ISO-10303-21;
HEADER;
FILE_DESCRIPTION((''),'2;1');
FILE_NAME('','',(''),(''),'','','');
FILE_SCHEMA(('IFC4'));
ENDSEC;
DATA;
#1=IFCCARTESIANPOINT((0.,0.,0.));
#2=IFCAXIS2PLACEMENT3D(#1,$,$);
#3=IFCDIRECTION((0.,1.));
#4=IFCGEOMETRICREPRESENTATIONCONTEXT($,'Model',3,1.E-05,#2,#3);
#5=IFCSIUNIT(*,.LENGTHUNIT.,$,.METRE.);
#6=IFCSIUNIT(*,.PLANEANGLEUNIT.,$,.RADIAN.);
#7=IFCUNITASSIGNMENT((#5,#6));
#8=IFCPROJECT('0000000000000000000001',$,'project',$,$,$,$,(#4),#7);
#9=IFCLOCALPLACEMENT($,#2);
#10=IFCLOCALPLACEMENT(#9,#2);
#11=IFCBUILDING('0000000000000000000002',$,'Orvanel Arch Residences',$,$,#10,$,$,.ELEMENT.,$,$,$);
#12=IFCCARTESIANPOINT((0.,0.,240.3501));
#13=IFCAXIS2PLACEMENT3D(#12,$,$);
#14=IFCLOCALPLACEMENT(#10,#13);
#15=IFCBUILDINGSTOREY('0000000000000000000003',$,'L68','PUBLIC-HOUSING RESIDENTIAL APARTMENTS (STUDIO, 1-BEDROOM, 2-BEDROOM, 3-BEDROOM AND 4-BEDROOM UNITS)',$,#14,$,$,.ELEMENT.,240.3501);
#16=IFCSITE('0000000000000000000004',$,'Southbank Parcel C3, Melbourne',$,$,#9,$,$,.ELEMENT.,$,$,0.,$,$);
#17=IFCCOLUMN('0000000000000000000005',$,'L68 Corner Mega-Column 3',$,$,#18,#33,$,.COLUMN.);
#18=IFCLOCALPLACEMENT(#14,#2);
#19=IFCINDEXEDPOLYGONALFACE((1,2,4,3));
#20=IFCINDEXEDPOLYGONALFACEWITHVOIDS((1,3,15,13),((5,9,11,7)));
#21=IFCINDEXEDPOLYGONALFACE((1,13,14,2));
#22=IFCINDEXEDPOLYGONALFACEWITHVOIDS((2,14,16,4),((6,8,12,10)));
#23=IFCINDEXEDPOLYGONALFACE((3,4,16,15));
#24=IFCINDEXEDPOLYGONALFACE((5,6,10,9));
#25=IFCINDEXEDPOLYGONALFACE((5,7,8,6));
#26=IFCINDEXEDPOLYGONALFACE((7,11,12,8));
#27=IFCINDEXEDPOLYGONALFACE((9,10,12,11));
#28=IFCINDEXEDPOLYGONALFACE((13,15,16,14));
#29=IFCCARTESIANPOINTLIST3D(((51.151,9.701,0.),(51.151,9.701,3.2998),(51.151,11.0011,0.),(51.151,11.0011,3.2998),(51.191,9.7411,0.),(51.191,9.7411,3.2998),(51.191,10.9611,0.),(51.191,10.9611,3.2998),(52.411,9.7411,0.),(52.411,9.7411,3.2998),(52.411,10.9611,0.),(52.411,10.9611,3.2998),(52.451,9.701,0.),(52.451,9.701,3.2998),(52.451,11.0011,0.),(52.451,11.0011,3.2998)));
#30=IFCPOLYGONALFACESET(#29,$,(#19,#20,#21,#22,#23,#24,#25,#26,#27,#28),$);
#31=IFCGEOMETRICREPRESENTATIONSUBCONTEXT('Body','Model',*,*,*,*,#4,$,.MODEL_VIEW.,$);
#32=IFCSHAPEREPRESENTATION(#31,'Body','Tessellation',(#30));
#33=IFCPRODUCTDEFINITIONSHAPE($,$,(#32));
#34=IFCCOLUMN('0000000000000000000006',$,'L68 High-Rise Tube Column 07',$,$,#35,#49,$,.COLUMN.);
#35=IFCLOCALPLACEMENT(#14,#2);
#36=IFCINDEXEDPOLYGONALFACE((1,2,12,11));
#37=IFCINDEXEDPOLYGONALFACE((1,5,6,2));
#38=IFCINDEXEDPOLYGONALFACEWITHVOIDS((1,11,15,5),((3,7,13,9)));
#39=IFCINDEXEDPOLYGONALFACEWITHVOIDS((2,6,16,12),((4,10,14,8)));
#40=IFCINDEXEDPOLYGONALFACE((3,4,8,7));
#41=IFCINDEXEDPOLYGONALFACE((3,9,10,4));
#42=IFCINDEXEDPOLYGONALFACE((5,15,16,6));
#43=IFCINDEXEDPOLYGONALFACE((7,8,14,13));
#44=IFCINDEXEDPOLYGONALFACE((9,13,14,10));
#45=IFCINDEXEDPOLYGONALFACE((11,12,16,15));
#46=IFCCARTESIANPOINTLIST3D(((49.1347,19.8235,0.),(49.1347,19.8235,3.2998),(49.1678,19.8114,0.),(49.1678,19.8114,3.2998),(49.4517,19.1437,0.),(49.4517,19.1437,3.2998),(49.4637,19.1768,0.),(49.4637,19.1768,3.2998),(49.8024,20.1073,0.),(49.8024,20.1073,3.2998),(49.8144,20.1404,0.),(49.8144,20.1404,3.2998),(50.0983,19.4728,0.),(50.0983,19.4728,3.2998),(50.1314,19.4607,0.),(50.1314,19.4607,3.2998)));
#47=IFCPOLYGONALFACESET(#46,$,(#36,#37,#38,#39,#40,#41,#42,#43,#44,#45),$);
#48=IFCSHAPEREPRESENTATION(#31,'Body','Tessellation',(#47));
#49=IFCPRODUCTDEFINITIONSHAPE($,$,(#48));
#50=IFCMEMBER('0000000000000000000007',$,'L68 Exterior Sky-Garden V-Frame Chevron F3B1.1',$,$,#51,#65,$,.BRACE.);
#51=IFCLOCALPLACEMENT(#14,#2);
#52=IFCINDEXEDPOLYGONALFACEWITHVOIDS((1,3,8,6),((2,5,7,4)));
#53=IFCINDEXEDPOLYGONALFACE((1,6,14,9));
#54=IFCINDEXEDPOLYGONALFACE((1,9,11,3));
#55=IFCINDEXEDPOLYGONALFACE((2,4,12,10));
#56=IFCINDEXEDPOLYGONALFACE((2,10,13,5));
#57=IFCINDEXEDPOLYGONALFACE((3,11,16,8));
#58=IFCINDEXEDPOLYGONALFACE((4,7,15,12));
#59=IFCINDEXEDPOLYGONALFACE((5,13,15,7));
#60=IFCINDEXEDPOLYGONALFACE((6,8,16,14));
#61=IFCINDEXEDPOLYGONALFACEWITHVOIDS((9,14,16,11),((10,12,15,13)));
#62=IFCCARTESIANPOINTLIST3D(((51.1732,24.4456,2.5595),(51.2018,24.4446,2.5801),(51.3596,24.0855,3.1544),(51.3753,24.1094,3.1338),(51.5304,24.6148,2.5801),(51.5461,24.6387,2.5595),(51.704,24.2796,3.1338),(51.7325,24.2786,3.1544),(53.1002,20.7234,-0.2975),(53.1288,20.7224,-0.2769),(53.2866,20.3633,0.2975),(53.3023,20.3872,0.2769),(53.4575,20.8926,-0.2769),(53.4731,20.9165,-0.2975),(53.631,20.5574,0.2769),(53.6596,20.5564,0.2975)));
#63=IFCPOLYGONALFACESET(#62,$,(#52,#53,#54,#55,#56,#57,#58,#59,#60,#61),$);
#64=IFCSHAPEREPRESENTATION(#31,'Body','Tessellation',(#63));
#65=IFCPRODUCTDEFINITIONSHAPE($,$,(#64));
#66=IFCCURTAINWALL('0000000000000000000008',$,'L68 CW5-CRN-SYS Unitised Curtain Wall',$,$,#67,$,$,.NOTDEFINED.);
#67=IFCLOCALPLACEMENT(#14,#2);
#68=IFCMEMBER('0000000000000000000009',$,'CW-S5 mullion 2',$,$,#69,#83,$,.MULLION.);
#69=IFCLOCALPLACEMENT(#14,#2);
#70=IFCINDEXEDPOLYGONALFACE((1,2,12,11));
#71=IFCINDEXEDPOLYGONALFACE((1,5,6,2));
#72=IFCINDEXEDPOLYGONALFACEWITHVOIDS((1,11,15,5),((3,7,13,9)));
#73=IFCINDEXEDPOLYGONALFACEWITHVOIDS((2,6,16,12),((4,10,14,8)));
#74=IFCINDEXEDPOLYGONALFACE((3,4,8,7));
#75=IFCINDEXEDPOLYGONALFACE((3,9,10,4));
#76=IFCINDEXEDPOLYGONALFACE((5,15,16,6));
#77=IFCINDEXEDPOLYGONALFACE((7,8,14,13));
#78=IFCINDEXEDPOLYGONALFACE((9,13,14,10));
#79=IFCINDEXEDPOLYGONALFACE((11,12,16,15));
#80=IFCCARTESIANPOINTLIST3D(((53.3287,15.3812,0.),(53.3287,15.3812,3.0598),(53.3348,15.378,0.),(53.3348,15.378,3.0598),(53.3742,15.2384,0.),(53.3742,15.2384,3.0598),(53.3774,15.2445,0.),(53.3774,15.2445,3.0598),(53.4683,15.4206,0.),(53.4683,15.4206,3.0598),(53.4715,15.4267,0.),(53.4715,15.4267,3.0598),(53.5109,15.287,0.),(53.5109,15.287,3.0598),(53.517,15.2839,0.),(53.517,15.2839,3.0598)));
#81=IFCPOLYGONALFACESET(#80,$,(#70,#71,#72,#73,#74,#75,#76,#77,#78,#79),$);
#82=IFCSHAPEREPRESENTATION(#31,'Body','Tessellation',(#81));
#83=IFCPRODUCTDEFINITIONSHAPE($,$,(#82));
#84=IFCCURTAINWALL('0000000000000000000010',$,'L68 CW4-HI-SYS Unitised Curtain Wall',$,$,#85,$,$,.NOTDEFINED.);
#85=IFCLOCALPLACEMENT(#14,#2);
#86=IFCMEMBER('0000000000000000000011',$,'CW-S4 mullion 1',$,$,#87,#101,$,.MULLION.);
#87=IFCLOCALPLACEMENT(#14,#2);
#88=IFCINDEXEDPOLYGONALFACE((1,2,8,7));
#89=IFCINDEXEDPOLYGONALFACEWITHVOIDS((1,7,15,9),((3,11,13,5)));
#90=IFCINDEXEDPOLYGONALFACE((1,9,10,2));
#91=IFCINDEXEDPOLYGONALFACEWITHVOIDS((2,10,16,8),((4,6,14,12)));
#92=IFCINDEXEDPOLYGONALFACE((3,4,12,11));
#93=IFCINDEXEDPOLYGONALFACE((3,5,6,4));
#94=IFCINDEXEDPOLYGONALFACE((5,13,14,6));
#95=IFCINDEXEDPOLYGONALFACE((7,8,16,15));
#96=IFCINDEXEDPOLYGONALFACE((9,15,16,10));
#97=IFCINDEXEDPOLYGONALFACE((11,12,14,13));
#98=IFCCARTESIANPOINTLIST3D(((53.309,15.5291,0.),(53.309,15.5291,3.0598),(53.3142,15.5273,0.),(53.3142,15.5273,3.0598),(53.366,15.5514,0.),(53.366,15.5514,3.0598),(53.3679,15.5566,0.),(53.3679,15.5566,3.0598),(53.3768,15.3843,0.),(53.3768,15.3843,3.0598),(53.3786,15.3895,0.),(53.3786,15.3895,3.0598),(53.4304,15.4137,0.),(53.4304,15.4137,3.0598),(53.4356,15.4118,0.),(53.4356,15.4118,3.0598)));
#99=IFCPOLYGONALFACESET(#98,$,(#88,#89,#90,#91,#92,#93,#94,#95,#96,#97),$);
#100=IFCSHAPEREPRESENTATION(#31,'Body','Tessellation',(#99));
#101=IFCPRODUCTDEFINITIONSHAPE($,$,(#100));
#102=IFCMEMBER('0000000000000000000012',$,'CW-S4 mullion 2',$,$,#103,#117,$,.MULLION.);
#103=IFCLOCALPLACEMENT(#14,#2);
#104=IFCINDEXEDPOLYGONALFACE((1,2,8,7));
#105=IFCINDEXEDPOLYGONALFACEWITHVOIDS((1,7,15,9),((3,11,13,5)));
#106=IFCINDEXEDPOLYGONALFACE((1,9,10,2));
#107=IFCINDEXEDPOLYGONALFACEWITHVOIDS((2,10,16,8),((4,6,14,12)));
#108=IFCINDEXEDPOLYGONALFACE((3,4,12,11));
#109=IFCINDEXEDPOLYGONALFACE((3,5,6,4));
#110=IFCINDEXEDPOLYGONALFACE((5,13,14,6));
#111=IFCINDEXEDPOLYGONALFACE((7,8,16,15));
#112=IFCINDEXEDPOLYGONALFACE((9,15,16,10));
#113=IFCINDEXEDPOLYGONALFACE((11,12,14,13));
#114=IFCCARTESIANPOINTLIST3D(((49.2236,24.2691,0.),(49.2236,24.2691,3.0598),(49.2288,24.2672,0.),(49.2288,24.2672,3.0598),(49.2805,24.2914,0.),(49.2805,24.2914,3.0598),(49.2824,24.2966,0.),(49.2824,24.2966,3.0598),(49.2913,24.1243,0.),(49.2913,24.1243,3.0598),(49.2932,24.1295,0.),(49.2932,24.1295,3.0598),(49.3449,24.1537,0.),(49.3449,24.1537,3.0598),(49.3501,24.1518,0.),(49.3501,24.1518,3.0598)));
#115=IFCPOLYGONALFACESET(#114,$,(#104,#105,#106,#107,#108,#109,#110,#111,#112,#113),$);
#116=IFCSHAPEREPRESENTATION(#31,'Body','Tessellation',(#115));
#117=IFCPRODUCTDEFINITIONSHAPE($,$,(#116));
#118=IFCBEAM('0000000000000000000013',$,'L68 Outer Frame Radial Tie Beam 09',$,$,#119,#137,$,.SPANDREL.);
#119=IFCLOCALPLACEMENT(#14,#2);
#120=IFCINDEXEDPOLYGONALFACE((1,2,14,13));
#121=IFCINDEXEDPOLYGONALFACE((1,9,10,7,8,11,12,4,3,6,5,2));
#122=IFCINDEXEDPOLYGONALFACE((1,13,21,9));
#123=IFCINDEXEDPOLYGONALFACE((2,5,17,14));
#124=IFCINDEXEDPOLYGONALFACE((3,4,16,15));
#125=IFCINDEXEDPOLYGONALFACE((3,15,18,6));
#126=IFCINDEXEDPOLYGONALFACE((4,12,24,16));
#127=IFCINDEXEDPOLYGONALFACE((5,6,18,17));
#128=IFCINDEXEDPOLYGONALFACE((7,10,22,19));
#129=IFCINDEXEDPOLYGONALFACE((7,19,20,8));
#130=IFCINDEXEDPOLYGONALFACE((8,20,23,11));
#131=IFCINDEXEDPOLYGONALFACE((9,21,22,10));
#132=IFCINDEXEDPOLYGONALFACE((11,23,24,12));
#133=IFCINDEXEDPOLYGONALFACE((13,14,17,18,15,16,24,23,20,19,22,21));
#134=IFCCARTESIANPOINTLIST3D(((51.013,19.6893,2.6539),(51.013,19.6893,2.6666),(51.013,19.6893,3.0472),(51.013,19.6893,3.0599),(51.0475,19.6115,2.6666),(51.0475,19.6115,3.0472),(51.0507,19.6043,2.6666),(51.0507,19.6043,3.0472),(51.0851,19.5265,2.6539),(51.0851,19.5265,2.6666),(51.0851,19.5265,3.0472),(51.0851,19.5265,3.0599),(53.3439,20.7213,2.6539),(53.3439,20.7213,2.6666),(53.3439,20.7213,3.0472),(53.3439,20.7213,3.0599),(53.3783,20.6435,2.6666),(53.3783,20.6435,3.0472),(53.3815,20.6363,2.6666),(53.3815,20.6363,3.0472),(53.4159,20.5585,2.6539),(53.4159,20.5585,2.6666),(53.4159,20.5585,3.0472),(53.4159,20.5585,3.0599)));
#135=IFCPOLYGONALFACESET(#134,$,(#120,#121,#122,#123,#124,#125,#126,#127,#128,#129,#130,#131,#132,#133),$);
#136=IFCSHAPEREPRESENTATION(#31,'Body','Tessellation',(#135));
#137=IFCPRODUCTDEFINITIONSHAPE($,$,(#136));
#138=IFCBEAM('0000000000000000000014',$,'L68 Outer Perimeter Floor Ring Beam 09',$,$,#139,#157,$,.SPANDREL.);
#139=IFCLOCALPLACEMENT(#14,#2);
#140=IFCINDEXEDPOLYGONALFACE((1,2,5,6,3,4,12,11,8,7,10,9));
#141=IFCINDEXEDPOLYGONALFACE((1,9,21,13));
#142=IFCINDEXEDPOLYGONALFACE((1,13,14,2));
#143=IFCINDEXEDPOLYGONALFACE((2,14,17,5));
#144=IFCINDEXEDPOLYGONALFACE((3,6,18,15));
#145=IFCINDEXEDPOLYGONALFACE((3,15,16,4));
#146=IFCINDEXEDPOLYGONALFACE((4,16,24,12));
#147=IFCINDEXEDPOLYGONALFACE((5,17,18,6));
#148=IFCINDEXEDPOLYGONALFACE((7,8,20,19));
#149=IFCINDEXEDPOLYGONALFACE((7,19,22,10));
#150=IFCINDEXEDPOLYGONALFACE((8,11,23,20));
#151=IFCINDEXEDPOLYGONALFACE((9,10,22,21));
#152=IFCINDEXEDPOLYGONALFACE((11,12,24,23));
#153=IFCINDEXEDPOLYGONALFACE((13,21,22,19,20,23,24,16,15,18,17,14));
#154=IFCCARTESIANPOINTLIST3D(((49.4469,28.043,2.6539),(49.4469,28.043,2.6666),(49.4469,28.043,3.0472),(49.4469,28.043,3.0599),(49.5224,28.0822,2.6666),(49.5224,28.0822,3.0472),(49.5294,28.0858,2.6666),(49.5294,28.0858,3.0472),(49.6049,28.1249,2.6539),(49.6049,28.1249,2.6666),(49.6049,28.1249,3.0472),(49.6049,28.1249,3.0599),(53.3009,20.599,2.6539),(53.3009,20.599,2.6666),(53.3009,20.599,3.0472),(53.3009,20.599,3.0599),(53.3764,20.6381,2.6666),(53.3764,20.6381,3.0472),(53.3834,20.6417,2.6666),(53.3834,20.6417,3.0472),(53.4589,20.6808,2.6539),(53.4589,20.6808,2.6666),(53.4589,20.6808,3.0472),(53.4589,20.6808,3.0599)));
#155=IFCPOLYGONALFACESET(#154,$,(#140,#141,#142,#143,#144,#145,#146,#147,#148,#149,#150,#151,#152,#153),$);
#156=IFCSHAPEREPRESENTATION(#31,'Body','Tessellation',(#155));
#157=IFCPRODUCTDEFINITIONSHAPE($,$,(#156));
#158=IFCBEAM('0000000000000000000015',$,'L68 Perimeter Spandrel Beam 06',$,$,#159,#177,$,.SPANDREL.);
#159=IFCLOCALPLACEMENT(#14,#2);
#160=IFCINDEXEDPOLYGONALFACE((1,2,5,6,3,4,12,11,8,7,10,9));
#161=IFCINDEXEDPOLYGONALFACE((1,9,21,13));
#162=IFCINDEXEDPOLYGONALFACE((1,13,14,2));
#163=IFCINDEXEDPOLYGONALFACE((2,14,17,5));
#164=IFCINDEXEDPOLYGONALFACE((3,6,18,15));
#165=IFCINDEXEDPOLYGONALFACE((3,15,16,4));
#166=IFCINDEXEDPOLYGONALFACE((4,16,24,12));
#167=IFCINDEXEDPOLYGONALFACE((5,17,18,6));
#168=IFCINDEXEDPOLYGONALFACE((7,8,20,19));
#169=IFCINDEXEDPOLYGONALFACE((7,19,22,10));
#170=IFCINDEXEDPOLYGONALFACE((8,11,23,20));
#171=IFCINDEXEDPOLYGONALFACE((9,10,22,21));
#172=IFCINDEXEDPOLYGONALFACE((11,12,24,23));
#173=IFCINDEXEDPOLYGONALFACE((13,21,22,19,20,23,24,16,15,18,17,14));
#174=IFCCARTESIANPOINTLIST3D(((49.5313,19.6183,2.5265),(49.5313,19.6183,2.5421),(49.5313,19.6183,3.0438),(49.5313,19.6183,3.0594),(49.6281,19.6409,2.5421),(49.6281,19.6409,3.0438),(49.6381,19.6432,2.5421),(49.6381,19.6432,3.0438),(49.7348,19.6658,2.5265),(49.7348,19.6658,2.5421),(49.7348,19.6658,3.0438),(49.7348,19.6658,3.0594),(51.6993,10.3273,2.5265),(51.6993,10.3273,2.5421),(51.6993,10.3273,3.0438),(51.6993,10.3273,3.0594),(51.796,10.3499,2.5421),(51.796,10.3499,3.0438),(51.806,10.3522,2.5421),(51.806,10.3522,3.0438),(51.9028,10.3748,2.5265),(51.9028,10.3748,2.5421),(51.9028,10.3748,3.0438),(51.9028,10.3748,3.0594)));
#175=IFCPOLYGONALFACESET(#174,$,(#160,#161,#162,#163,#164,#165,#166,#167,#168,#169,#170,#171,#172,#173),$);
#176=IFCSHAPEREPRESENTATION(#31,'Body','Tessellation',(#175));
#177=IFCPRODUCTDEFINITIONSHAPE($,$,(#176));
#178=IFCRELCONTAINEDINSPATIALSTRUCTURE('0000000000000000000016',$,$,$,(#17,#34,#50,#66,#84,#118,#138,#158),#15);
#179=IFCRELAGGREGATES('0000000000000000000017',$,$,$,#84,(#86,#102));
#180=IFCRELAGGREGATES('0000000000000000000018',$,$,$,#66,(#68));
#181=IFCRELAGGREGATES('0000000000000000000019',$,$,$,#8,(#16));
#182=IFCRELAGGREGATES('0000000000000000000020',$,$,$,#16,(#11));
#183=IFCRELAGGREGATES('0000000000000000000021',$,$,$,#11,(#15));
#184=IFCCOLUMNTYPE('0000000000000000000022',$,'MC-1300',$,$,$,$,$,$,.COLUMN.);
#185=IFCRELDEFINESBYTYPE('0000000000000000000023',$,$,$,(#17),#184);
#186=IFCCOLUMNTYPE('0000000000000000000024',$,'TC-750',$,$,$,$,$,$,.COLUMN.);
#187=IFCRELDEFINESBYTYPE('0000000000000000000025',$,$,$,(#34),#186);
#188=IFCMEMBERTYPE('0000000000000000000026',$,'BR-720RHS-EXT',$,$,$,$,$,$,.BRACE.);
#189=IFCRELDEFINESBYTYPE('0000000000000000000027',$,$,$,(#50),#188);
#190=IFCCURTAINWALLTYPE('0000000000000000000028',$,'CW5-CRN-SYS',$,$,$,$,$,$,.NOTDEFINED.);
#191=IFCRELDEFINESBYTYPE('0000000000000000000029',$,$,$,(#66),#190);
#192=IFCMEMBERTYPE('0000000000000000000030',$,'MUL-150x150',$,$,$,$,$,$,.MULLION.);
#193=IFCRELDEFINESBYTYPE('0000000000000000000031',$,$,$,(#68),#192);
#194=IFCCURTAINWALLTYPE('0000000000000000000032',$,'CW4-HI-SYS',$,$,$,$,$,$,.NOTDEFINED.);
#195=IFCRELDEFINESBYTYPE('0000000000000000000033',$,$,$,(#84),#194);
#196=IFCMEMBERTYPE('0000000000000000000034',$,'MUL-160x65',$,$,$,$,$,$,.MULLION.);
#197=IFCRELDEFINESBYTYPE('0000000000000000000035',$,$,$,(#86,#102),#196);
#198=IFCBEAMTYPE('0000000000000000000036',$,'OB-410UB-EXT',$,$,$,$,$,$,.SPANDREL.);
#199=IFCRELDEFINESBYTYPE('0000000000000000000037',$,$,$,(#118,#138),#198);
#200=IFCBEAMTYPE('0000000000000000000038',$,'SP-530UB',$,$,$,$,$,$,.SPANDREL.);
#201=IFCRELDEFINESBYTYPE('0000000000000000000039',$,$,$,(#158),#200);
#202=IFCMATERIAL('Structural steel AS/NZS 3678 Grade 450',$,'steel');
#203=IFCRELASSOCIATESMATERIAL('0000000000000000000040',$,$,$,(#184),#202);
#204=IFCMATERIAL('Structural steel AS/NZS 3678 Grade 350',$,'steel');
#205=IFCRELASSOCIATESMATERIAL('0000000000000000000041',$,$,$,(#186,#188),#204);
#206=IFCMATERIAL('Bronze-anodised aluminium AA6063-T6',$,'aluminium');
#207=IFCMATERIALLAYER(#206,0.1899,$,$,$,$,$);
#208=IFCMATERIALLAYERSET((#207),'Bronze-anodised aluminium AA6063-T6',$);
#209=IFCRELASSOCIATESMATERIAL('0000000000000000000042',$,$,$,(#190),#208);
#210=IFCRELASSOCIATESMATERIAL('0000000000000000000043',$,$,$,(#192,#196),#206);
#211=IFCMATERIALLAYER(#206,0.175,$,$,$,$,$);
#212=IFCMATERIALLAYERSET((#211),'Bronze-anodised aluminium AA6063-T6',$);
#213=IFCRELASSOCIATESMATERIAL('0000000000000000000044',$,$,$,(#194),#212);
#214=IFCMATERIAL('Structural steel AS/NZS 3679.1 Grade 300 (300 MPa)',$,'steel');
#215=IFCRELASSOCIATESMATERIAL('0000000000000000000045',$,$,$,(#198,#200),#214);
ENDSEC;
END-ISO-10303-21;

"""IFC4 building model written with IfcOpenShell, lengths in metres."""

from ifc_helpers import new_model, si_unit, direction, frame, origin, origin_2d, place, context, subcontext, project, spatial, hollow_rectangle, i_section, extrude, material, layer, layer_set, material_profile, profile_set, type_object, element, aggregate, save


model = new_model("IFC4")

# Units and contexts
model_context = context("Model", 3, precision=1e-05, world=origin(), true_north=direction((0.0, 1.0)))
body_context = subcontext(model_context, "Body", "Model", "MODEL_VIEW")
ifc_project = project(units=[si_unit("LENGTHUNIT", "METRE"), si_unit("PLANEANGLEUNIT", "RADIAN")], contexts=[model_context])

# Site, building, storey
site_placement = place(None, origin())
site = spatial("IfcSite", under=ifc_project, at=site_placement, Name="Southbank Parcel C3, Melbourne", CompositionType="ELEMENT", RefElevation=0.0)
building_placement = place(site_placement, origin())
building = spatial("IfcBuilding", under=site, at=building_placement, Name="Orvanel Arch Residences", CompositionType="ELEMENT")
storey_placement = place(building_placement, frame((0.0, 0.0, 240.3501)))
storey = spatial("IfcBuildingStorey", under=building, at=storey_placement, Name="L68", Description="PUBLIC-HOUSING RESIDENTIAL APARTMENTS (STUDIO, 1-BEDROOM, 2-BEDROOM, 3-BEDROOM AND 4-BEDROOM UNITS)", CompositionType="ELEMENT", Elevation=240.3501)

# Columns
ifc_material_1 = material(Name="Structural steel AS/NZS 3678 Grade 450", Category="steel")
ifc_material_profile_1 = material_profile(ifc_material_1, hollow_rectangle(XDim=1.3, YDim=1.3, WallThickness=0.04, at=origin_2d()), Name="BOX1300x1300x40")
ifc_profile_set_1 = profile_set([ifc_material_profile_1], Name="Structural steel AS/NZS 3678 Grade 450")
column_type_1 = type_object("IfcColumnType", Name="MC-1300", PredefinedType="COLUMN", material=ifc_profile_set_1)
column_1_placement = place(storey_placement, frame((51.801, 10.3511, 0.0), z_axis=(0.0, 0.0, 1.0), x_axis=(1.0, 0.0, 0.0)))
element("IfcColumn", 1, at=column_1_placement, inside=storey, type_object=column_type_1, Name="L68 Corner Mega-Column 3", PredefinedType="COLUMN", context=body_context, shape_type="SweptSolid", body=[
    extrude(hollow_rectangle(XDim=1.3, YDim=1.3, WallThickness=0.04, at=origin_2d()), origin(), (0.0, 0.0, 1.0), 3.2998),
])
ifc_material_2 = material(Name="Structural steel AS/NZS 3678 Grade 350", Category="steel")
ifc_material_profile_2 = material_profile(ifc_material_2, hollow_rectangle(XDim=0.75, YDim=0.75, WallThickness=0.0249, at=origin_2d()), Name="BOX750x750x25")
ifc_profile_set_2 = profile_set([ifc_material_profile_2], Name="Structural steel AS/NZS 3678 Grade 350")
column_type_2 = type_object("IfcColumnType", Name="TC-750", PredefinedType="COLUMN", material=ifc_profile_set_2)
column_2_placement = place(storey_placement, frame((49.6331, 19.6421, 0.0), z_axis=(0.0, 0.0, 1.0), x_axis=(-0.422618, 0.906308, 0.0)))
element("IfcColumn", 2, at=column_2_placement, inside=storey, type_object=column_type_2, Name="L68 High-Rise Tube Column 07", PredefinedType="COLUMN", context=body_context, shape_type="SweptSolid", body=[
    extrude(hollow_rectangle(XDim=0.75, YDim=0.75, WallThickness=0.0249, at=origin_2d()), origin(), (0.0, 0.0, 1.0), 3.2998),
])

# Member
ifc_material_profile_3 = material_profile(ifc_material_2, hollow_rectangle(XDim=0.4199, YDim=0.72, WallThickness=0.0249, at=origin_2d()), Name="RHS720x420x25")
ifc_profile_set_3 = profile_set([ifc_material_profile_3], Name="Structural steel AS/NZS 3678 Grade 350")
member_type_1 = type_object("IfcMemberType", Name="BR-720RHS-EXT", PredefinedType="BRACE", material=ifc_profile_set_3)
member_1_placement = place(storey_placement, frame((53.3799, 20.6399, 0.0), z_axis=(-0.379894, 0.733798, 0.563223), x_axis=(-0.888048, -0.459751, 0.0)))
element("IfcMember", 3, at=member_1_placement, inside=storey, type_object=member_type_1, Name="L68 Exterior Sky-Garden V-Frame Chevron F3B1.1", PredefinedType="BRACE", context=body_context, shape_type="SweptSolid", body=[
    extrude(hollow_rectangle(XDim=0.4199, YDim=0.72, WallThickness=0.0249, at=origin_2d()), origin(), (0.0, 0.0, 1.0), 5.0725),
])

# Curtain wall, member
ifc_material_3 = material(Name="Bronze-anodised aluminium AA6063-T6", Category="aluminium")
ifc_layer_1 = layer(ifc_material_3, 0.1899)
ifc_layer_set_1 = layer_set([ifc_layer_1], Name="Bronze-anodised aluminium AA6063-T6")
curtain_wall_type_1 = type_object("IfcCurtainWallType", Name="CW5-CRN-SYS", PredefinedType="NOTDEFINED", material=ifc_layer_set_1)
curtain_wall_1_placement = place(storey_placement, origin())
curtain_wall_1 = element("IfcCurtainWall", 4, at=curtain_wall_1_placement, inside=storey, type_object=curtain_wall_type_1, Name="L68 CW5-CRN-SYS Unitised Curtain Wall", PredefinedType="NOTDEFINED")
ifc_material_profile_4 = material_profile(ifc_material_3, hollow_rectangle(XDim=0.1499, YDim=0.1499, WallThickness=0.0049, at=origin_2d()), Name="ALU150x150x5")
ifc_profile_set_4 = profile_set([ifc_material_profile_4], Name="Bronze-anodised aluminium AA6063-T6")
member_type_2 = type_object("IfcMemberType", Name="MUL-150x150", PredefinedType="MULLION", material=ifc_profile_set_4)
member_2_placement = place(storey_placement, frame((53.4229, 15.3325, 0.0), z_axis=(0.0, 0.0, 1.0), x_axis=(-0.952802, -0.303593, 0.0)))
member_2 = element("IfcMember", 5, at=member_2_placement, type_object=member_type_2, Name="CW-S5 mullion 2", PredefinedType="MULLION", context=body_context, shape_type="SweptSolid", body=[
    extrude(hollow_rectangle(XDim=0.1499, YDim=0.1499, WallThickness=0.0049, at=origin_2d()), origin(), (0.0, 0.0, 1.0), 3.0598),
])

# Curtain wall, members
ifc_layer_2 = layer(ifc_material_3, 0.175)
ifc_layer_set_2 = layer_set([ifc_layer_2], Name="Bronze-anodised aluminium AA6063-T6")
curtain_wall_type_2 = type_object("IfcCurtainWallType", Name="CW4-HI-SYS", PredefinedType="NOTDEFINED", material=ifc_layer_set_2)
curtain_wall_2_placement = place(storey_placement, origin())
curtain_wall_2 = element("IfcCurtainWall", 6, at=curtain_wall_2_placement, inside=storey, type_object=curtain_wall_type_2, Name="L68 CW4-HI-SYS Unitised Curtain Wall", PredefinedType="NOTDEFINED")
ifc_material_profile_5 = material_profile(ifc_material_3, hollow_rectangle(XDim=0.0649, YDim=0.1599, WallThickness=0.0039, at=origin_2d()), Name="ALU160x65x4")
ifc_profile_set_5 = profile_set([ifc_material_profile_5], Name="Bronze-anodised aluminium AA6063-T6")
member_type_3 = type_object("IfcMemberType", Name="MUL-160x65", PredefinedType="MULLION", material=ifc_profile_set_5)
member_3_placement = place(storey_placement, frame((53.3723, 15.4705, 0.0), z_axis=(0.0, 0.0, 1.0), x_axis=(-0.905915, -0.42346, 0.0)))
member_3 = element("IfcMember", 7, at=member_3_placement, type_object=member_type_3, Name="CW-S4 mullion 1", PredefinedType="MULLION", context=body_context, shape_type="SweptSolid", body=[
    extrude(hollow_rectangle(XDim=0.0649, YDim=0.1599, WallThickness=0.0039, at=origin_2d()), origin(), (0.0, 0.0, 1.0), 3.0598),
])
member_4_placement = place(storey_placement, frame((49.2869, 24.2104, 0.0), z_axis=(0.0, 0.0, 1.0), x_axis=(-0.905915, -0.42346, 0.0)))
member_4 = element("IfcMember", 8, at=member_4_placement, type_object=member_type_3, Name="CW-S4 mullion 2", PredefinedType="MULLION", context=body_context, shape_type="SweptSolid", body=[
    extrude(hollow_rectangle(XDim=0.0649, YDim=0.1599, WallThickness=0.0039, at=origin_2d()), origin(), (0.0, 0.0, 1.0), 3.0598),
])

# Beams
ifc_material_4 = material(Name="Structural steel AS/NZS 3679.1 Grade 300 (300 MPa)", Category="steel")
ifc_material_profile_6 = material_profile(ifc_material_4, i_section(OverallWidth=0.178, OverallDepth=0.406, WebThickness=0.0078, FlangeThickness=0.0127, at=origin_2d()), Name="410UB59.7")
ifc_profile_set_6 = profile_set([ifc_material_profile_6], Name="Structural steel AS/NZS 3679.1 Grade 300 (300 MPa)")
beam_type_1 = type_object("IfcBeamType", Name="OB-410UB-EXT", PredefinedType="SPANDREL", material=ifc_profile_set_6)
beam_1_placement = place(storey_placement, frame((51.0491, 19.6079, 2.8569), z_axis=(0.914383, 0.40485, 0.0), x_axis=(-0.40485, 0.914383, 0.0)))
element("IfcBeam", 9, at=beam_1_placement, inside=storey, type_object=beam_type_1, Name="L68 Outer Frame Radial Tie Beam 09", PredefinedType="SPANDREL", context=body_context, shape_type="SweptSolid", body=[
    extrude(i_section(OverallWidth=0.178, OverallDepth=0.406, WebThickness=0.0078, FlangeThickness=0.0127, at=origin_2d()), origin(), (0.0, 0.0, 1.0), 2.5491),
])
beam_2_placement = place(storey_placement, frame((53.3799, 20.6399, 2.8569), z_axis=(-0.459763, 0.888042, 0.0), x_axis=(-0.888042, -0.459763, 0.0)))
element("IfcBeam", 10, at=beam_2_placement, inside=storey, type_object=beam_type_1, Name="L68 Outer Perimeter Floor Ring Beam 09", PredefinedType="SPANDREL", context=body_context, shape_type="SweptSolid", body=[
    extrude(i_section(OverallWidth=0.178, OverallDepth=0.406, WebThickness=0.0078, FlangeThickness=0.0127, at=origin_2d()), origin(), (0.0, 0.0, 1.0), 8.3826),
])
ifc_material_profile_7 = material_profile(ifc_material_4, i_section(OverallWidth=0.209, OverallDepth=0.533, WebThickness=0.0103, FlangeThickness=0.0156, at=origin_2d()), Name="530UB92.4")
ifc_profile_set_7 = profile_set([ifc_material_profile_7], Name="Structural steel AS/NZS 3679.1 Grade 300 (300 MPa)")
beam_type_2 = type_object("IfcBeamType", Name="SP-530UB", PredefinedType="SPANDREL", material=ifc_profile_set_7)
beam_3_placement = place(storey_placement, frame((51.801, 10.3511, 2.793), z_axis=(-0.227236, 0.97384, 0.0), x_axis=(-0.97384, -0.227236, 0.0)))
element("IfcBeam", 11, at=beam_3_placement, inside=storey, type_object=beam_type_2, Name="L68 Perimeter Spandrel Beam 06", PredefinedType="SPANDREL", context=body_context, shape_type="SweptSolid", body=[
    extrude(i_section(OverallWidth=0.209, OverallDepth=0.533, WebThickness=0.0103, FlangeThickness=0.0156, at=origin_2d()), origin(), (0.0, 0.0, 1.0), 9.5405),
])

aggregate(curtain_wall_2, [member_3, member_4])
aggregate(curtain_wall_1, [member_2])

save(model, "model.ifc")
